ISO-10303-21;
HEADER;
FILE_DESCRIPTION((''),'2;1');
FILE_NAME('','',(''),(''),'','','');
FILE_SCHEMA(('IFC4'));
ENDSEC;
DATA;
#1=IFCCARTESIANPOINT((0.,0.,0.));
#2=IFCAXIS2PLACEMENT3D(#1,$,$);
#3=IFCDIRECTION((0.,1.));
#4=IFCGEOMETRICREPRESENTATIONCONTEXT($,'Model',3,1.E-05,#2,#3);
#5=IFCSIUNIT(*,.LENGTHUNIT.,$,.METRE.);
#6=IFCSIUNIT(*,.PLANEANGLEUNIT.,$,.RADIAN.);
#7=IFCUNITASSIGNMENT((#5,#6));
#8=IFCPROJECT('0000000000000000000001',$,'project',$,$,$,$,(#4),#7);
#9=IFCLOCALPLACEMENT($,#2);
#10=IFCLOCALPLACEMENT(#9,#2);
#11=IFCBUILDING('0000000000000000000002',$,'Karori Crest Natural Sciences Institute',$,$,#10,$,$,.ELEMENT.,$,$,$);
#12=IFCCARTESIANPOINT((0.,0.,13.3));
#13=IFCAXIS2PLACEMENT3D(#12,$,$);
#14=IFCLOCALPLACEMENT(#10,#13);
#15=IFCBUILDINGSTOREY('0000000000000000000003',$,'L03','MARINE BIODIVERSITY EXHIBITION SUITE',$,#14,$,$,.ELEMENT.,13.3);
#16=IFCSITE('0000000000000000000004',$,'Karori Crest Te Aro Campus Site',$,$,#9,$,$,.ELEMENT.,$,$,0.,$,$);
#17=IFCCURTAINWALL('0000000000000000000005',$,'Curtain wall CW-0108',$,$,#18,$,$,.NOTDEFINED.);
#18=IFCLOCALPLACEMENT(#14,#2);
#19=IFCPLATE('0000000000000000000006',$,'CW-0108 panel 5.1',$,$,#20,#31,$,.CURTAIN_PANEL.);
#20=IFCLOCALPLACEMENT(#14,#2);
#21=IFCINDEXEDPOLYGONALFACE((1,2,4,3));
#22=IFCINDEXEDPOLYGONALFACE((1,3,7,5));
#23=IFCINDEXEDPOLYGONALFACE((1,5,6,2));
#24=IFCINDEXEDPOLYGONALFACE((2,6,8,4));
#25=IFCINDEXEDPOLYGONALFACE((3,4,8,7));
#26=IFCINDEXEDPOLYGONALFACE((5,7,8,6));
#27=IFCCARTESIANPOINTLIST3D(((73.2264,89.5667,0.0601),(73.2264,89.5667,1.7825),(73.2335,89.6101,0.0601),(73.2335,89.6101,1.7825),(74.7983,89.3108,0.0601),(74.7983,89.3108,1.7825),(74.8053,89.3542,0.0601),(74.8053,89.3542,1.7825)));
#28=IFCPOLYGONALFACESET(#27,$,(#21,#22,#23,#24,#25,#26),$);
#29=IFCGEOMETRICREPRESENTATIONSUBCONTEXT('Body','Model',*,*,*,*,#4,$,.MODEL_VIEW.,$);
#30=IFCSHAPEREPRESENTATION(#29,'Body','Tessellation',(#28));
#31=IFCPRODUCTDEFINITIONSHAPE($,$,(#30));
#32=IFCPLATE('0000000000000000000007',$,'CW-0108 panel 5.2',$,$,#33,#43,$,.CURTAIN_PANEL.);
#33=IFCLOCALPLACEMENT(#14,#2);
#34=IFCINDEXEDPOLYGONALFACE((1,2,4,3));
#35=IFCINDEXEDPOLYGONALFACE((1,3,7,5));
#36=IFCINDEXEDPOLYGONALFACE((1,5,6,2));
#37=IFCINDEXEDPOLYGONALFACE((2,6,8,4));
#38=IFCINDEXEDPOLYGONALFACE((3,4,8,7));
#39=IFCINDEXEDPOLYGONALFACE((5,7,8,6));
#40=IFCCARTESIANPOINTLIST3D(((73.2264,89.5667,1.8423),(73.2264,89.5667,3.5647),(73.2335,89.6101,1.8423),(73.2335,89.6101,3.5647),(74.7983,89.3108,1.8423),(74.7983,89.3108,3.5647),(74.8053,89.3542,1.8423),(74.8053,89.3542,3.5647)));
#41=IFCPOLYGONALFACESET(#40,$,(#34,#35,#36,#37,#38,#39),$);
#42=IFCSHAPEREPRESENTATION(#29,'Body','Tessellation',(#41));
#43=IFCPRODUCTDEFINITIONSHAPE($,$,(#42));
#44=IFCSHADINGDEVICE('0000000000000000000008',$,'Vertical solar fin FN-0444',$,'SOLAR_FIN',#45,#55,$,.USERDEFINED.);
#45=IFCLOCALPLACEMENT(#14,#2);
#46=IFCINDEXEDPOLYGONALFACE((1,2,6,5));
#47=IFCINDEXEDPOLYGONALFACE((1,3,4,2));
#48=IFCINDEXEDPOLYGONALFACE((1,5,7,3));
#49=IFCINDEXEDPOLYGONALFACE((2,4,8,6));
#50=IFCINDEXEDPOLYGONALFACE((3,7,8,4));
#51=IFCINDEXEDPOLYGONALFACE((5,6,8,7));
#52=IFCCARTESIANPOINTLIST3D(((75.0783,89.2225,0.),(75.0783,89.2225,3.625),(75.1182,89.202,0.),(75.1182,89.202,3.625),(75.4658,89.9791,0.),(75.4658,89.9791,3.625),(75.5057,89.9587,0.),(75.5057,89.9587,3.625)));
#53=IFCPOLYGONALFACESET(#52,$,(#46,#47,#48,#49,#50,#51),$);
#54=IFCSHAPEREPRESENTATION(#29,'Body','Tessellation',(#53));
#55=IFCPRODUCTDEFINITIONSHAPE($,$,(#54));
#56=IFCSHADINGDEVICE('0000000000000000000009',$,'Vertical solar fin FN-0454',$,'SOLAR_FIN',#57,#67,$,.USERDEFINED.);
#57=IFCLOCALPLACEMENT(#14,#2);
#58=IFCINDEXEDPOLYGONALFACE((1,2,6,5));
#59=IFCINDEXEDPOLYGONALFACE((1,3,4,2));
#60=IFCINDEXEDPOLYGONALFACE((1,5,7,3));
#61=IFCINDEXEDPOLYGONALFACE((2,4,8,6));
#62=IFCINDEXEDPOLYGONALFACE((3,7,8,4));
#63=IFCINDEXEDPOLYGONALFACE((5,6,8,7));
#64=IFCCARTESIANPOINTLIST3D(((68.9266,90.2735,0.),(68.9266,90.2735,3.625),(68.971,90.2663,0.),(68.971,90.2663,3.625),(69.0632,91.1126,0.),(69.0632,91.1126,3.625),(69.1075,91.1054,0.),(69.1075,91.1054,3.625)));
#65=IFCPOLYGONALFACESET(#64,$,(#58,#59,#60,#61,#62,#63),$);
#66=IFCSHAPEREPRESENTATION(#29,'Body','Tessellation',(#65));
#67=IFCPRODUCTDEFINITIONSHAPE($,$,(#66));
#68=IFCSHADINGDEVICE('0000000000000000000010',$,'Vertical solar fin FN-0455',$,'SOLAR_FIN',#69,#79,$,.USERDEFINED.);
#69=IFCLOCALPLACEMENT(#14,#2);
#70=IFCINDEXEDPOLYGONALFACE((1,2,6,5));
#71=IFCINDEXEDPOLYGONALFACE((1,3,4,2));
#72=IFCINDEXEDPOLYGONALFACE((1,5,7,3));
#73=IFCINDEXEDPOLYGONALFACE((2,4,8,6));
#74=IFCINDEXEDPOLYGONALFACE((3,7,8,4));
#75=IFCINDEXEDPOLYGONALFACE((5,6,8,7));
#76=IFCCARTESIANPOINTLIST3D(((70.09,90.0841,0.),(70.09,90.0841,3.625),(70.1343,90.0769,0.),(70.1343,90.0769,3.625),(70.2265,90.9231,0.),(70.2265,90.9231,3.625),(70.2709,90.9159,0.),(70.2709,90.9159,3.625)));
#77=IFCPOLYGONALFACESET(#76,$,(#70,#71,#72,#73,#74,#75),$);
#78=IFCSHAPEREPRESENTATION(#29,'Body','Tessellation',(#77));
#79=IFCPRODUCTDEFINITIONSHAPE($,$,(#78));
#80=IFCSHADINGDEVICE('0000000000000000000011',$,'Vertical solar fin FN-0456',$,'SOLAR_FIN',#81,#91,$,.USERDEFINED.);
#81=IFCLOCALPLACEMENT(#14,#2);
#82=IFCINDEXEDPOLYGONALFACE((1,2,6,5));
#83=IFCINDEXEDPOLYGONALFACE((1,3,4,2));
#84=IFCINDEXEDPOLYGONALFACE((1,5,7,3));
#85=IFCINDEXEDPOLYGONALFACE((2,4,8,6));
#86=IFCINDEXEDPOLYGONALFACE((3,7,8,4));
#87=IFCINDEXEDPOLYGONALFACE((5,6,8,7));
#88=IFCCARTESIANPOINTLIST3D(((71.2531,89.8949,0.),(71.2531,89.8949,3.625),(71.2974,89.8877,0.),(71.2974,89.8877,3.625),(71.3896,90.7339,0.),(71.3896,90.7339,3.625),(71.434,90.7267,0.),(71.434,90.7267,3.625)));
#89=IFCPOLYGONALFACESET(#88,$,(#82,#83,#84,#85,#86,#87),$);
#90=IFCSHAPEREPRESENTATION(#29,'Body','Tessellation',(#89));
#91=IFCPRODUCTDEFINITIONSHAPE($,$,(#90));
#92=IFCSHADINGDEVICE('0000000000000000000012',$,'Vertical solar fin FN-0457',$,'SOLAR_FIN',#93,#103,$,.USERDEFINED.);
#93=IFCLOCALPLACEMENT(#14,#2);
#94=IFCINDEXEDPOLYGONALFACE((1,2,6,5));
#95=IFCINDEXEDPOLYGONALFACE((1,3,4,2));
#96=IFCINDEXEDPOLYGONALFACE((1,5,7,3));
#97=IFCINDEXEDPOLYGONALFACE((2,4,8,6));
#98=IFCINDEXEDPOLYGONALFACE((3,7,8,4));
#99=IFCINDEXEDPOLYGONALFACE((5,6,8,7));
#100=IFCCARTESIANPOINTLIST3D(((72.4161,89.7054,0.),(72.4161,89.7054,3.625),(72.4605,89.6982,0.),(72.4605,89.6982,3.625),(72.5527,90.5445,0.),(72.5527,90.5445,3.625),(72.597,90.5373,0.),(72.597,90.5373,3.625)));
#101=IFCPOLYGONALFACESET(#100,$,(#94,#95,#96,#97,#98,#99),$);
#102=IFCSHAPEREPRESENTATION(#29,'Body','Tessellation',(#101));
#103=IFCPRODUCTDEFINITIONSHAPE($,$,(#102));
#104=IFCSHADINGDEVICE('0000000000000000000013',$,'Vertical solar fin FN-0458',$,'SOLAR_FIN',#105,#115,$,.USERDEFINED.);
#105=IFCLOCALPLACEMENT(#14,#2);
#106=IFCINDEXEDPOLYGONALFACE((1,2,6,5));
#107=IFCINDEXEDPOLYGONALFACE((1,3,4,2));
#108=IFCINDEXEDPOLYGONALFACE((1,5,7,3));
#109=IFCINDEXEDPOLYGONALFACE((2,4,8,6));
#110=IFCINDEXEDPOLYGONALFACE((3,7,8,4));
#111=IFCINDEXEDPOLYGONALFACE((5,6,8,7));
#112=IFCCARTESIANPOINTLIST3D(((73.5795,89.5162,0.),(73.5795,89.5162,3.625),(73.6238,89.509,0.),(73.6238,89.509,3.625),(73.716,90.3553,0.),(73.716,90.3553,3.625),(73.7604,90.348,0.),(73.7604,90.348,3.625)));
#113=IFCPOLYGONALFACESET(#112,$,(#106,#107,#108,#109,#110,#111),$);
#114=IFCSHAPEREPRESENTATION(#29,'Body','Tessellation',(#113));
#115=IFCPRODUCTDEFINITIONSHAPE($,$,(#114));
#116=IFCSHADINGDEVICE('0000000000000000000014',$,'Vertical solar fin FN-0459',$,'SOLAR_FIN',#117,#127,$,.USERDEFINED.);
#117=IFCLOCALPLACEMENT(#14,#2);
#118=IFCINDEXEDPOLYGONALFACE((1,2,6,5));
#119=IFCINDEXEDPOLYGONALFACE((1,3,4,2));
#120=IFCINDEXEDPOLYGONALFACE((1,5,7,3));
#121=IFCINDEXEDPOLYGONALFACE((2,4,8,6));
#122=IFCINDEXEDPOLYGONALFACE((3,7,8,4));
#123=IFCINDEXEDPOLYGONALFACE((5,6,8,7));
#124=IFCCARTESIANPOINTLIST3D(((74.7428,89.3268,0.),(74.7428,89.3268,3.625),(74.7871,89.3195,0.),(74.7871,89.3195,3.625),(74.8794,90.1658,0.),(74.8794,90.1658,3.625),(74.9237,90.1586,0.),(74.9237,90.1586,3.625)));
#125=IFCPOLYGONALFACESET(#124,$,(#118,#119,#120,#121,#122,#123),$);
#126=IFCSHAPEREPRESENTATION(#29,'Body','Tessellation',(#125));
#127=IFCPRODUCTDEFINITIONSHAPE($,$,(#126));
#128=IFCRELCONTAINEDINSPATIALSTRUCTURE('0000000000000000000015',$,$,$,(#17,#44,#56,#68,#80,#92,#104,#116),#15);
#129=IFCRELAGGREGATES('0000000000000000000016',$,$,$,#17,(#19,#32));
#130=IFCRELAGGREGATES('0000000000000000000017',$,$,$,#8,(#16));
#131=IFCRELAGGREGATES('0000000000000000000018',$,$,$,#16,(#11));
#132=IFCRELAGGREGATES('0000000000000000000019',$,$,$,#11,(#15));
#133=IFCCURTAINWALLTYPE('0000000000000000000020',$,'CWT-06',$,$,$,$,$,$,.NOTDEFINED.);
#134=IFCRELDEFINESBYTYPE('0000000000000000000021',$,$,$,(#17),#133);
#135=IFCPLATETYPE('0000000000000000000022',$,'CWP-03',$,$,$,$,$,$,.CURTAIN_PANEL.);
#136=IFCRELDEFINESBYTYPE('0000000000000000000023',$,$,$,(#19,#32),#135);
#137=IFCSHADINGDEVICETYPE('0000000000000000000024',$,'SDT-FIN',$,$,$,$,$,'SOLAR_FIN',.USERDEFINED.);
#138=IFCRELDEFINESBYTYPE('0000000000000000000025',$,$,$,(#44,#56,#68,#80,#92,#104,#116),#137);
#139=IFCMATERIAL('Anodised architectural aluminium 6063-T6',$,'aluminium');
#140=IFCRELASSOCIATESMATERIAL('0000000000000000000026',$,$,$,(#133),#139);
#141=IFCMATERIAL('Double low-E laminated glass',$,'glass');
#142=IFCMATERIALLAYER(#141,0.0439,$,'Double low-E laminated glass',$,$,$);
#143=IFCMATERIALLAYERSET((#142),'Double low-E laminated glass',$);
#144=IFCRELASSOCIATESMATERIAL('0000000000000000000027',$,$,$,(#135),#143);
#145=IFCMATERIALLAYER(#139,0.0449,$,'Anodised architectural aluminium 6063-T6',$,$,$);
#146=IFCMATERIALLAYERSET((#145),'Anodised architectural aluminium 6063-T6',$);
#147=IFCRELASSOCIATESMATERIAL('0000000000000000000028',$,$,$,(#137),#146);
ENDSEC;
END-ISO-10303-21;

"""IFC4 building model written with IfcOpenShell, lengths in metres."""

from ifc_helpers import new_model, si_unit, direction, frame, origin, origin_2d, place, context, subcontext, project, spatial, rectangle, extrude, material, layer, layer_set, type_object, element, aggregate, save


model = new_model("IFC4")

# Units and contexts
model_context = context("Model", 3, precision=1e-05, world=origin(), true_north=direction((0.0, 1.0)))
body_context = subcontext(model_context, "Body", "Model", "MODEL_VIEW")
ifc_project = project(units=[si_unit("LENGTHUNIT", "METRE"), si_unit("PLANEANGLEUNIT", "RADIAN")], contexts=[model_context])

# Site, building, storey
site_placement = place(None, origin())
site = spatial("IfcSite", under=ifc_project, at=site_placement, Name="Karori Crest Te Aro Campus Site", CompositionType="ELEMENT", RefElevation=0.0)
building_placement = place(site_placement, origin())
building = spatial("IfcBuilding", under=site, at=building_placement, Name="Karori Crest Natural Sciences Institute", CompositionType="ELEMENT")
storey_placement = place(building_placement, frame((0.0, 0.0, 13.3)))
storey = spatial("IfcBuildingStorey", under=building, at=storey_placement, Name="L03", Description="MARINE BIODIVERSITY EXHIBITION SUITE", CompositionType="ELEMENT", Elevation=13.3)

# Shared definitions
ifc_material_1 = material(Name="Anodised architectural aluminium 6063-T6", Category="aluminium")

# Curtain wall
curtain_wall_type_1 = type_object("IfcCurtainWallType", Name="CWT-06", PredefinedType="NOTDEFINED", material=ifc_material_1)
curtain_wall_1_placement = place(storey_placement, origin())
curtain_wall_1 = element("IfcCurtainWall", 1, at=curtain_wall_1_placement, inside=storey, type_object=curtain_wall_type_1, Name="Curtain wall CW-0108", PredefinedType="NOTDEFINED")

# Plates
ifc_material_2 = material(Name="Double low-E laminated glass", Category="glass")
ifc_layer_1 = layer(ifc_material_2, 0.0439, Name="Double low-E laminated glass")
ifc_layer_set_1 = layer_set([ifc_layer_1], Name="Double low-E laminated glass")
plate_type_1 = type_object("IfcPlateType", Name="CWP-03", PredefinedType="CURTAIN_PANEL", material=ifc_layer_set_1)
plate_1_placement = place(storey_placement, frame((74.0159, 89.4604, 0.0601), z_axis=(0.0, 0.0, 1.0), x_axis=(0.987011, -0.160655, 0.0)))
plate_1 = element("IfcPlate", 2, at=plate_1_placement, type_object=plate_type_1, Name="CW-0108 panel 5.1", PredefinedType="CURTAIN_PANEL", context=body_context, shape_type="SweptSolid", body=[
    extrude(rectangle(XDim=1.5925, YDim=0.0439, at=origin_2d()), origin(), (0.0, 0.0, 1.0), 1.7224),
])
plate_2_placement = place(storey_placement, frame((74.0159, 89.4604, 1.8423), z_axis=(0.0, 0.0, 1.0), x_axis=(0.987011, -0.160655, 0.0)))
plate_2 = element("IfcPlate", 3, at=plate_2_placement, type_object=plate_type_1, Name="CW-0108 panel 5.2", PredefinedType="CURTAIN_PANEL", context=body_context, shape_type="SweptSolid", body=[
    extrude(rectangle(XDim=1.5925, YDim=0.0439, at=origin_2d()), origin(), (0.0, 0.0, 1.0), 1.7224),
])
aggregate(curtain_wall_1, [plate_1, plate_2])

# Shading devices
ifc_layer_2 = layer(ifc_material_1, 0.0449, Name="Anodised architectural aluminium 6063-T6")
ifc_layer_set_2 = layer_set([ifc_layer_2], Name="Anodised architectural aluminium 6063-T6")
shading_device_type = type_object("IfcShadingDeviceType", Name="SDT-FIN", ElementType="SOLAR_FIN", PredefinedType="USERDEFINED", material=ifc_layer_set_2)
for number, where, z_axis, x_axis, name in (
    (4, (75.292, 89.5906, 0.0), (0.0, 0.0, 1.0), (0.455829, 0.890067, 0.0), "Vertical solar fin FN-0444"),
    (5, (69.0171, 90.6895, 0.0), (0.0, 0.0, 1.0), (0.160655, 0.987011, 0.0), "Vertical solar fin FN-0454"),
    (6, (70.1804, 90.5, 0.0), (0.0, 0.0, 1.0), (0.160655, 0.987011, 0.0), "Vertical solar fin FN-0455"),
    (7, (71.3435, 90.3108, 0.0), (0.0, 0.0, 1.0), (0.160655, 0.987011, 0.0), "Vertical solar fin FN-0456"),
    (8, (72.5066, 90.1213, 0.0), (0.0, 0.0, 1.0), (0.160655, 0.987011, 0.0), "Vertical solar fin FN-0457"),
    (9, (73.6699, 89.9321, 0.0), (0.0, 0.0, 1.0), (0.160655, 0.987011, 0.0), "Vertical solar fin FN-0458"),
    (10, (74.8333, 89.7427, 0.0), (0.0, 0.0, 1.0), (0.160655, 0.987011, 0.0), "Vertical solar fin FN-0459"),
):
    element("IfcShadingDevice", number, at=place(storey_placement, frame(where, z_axis=z_axis, x_axis=x_axis)), inside=storey, type_object=shading_device_type, Name=name, ObjectType="SOLAR_FIN", PredefinedType="USERDEFINED", context=body_context, shape_type="SweptSolid", body=[
        extrude(rectangle(XDim=0.8501, YDim=0.0449, at=origin_2d()), origin(), (0.0, 0.0, 1.0), 3.625),
    ])

save(model, "model.ifc")
